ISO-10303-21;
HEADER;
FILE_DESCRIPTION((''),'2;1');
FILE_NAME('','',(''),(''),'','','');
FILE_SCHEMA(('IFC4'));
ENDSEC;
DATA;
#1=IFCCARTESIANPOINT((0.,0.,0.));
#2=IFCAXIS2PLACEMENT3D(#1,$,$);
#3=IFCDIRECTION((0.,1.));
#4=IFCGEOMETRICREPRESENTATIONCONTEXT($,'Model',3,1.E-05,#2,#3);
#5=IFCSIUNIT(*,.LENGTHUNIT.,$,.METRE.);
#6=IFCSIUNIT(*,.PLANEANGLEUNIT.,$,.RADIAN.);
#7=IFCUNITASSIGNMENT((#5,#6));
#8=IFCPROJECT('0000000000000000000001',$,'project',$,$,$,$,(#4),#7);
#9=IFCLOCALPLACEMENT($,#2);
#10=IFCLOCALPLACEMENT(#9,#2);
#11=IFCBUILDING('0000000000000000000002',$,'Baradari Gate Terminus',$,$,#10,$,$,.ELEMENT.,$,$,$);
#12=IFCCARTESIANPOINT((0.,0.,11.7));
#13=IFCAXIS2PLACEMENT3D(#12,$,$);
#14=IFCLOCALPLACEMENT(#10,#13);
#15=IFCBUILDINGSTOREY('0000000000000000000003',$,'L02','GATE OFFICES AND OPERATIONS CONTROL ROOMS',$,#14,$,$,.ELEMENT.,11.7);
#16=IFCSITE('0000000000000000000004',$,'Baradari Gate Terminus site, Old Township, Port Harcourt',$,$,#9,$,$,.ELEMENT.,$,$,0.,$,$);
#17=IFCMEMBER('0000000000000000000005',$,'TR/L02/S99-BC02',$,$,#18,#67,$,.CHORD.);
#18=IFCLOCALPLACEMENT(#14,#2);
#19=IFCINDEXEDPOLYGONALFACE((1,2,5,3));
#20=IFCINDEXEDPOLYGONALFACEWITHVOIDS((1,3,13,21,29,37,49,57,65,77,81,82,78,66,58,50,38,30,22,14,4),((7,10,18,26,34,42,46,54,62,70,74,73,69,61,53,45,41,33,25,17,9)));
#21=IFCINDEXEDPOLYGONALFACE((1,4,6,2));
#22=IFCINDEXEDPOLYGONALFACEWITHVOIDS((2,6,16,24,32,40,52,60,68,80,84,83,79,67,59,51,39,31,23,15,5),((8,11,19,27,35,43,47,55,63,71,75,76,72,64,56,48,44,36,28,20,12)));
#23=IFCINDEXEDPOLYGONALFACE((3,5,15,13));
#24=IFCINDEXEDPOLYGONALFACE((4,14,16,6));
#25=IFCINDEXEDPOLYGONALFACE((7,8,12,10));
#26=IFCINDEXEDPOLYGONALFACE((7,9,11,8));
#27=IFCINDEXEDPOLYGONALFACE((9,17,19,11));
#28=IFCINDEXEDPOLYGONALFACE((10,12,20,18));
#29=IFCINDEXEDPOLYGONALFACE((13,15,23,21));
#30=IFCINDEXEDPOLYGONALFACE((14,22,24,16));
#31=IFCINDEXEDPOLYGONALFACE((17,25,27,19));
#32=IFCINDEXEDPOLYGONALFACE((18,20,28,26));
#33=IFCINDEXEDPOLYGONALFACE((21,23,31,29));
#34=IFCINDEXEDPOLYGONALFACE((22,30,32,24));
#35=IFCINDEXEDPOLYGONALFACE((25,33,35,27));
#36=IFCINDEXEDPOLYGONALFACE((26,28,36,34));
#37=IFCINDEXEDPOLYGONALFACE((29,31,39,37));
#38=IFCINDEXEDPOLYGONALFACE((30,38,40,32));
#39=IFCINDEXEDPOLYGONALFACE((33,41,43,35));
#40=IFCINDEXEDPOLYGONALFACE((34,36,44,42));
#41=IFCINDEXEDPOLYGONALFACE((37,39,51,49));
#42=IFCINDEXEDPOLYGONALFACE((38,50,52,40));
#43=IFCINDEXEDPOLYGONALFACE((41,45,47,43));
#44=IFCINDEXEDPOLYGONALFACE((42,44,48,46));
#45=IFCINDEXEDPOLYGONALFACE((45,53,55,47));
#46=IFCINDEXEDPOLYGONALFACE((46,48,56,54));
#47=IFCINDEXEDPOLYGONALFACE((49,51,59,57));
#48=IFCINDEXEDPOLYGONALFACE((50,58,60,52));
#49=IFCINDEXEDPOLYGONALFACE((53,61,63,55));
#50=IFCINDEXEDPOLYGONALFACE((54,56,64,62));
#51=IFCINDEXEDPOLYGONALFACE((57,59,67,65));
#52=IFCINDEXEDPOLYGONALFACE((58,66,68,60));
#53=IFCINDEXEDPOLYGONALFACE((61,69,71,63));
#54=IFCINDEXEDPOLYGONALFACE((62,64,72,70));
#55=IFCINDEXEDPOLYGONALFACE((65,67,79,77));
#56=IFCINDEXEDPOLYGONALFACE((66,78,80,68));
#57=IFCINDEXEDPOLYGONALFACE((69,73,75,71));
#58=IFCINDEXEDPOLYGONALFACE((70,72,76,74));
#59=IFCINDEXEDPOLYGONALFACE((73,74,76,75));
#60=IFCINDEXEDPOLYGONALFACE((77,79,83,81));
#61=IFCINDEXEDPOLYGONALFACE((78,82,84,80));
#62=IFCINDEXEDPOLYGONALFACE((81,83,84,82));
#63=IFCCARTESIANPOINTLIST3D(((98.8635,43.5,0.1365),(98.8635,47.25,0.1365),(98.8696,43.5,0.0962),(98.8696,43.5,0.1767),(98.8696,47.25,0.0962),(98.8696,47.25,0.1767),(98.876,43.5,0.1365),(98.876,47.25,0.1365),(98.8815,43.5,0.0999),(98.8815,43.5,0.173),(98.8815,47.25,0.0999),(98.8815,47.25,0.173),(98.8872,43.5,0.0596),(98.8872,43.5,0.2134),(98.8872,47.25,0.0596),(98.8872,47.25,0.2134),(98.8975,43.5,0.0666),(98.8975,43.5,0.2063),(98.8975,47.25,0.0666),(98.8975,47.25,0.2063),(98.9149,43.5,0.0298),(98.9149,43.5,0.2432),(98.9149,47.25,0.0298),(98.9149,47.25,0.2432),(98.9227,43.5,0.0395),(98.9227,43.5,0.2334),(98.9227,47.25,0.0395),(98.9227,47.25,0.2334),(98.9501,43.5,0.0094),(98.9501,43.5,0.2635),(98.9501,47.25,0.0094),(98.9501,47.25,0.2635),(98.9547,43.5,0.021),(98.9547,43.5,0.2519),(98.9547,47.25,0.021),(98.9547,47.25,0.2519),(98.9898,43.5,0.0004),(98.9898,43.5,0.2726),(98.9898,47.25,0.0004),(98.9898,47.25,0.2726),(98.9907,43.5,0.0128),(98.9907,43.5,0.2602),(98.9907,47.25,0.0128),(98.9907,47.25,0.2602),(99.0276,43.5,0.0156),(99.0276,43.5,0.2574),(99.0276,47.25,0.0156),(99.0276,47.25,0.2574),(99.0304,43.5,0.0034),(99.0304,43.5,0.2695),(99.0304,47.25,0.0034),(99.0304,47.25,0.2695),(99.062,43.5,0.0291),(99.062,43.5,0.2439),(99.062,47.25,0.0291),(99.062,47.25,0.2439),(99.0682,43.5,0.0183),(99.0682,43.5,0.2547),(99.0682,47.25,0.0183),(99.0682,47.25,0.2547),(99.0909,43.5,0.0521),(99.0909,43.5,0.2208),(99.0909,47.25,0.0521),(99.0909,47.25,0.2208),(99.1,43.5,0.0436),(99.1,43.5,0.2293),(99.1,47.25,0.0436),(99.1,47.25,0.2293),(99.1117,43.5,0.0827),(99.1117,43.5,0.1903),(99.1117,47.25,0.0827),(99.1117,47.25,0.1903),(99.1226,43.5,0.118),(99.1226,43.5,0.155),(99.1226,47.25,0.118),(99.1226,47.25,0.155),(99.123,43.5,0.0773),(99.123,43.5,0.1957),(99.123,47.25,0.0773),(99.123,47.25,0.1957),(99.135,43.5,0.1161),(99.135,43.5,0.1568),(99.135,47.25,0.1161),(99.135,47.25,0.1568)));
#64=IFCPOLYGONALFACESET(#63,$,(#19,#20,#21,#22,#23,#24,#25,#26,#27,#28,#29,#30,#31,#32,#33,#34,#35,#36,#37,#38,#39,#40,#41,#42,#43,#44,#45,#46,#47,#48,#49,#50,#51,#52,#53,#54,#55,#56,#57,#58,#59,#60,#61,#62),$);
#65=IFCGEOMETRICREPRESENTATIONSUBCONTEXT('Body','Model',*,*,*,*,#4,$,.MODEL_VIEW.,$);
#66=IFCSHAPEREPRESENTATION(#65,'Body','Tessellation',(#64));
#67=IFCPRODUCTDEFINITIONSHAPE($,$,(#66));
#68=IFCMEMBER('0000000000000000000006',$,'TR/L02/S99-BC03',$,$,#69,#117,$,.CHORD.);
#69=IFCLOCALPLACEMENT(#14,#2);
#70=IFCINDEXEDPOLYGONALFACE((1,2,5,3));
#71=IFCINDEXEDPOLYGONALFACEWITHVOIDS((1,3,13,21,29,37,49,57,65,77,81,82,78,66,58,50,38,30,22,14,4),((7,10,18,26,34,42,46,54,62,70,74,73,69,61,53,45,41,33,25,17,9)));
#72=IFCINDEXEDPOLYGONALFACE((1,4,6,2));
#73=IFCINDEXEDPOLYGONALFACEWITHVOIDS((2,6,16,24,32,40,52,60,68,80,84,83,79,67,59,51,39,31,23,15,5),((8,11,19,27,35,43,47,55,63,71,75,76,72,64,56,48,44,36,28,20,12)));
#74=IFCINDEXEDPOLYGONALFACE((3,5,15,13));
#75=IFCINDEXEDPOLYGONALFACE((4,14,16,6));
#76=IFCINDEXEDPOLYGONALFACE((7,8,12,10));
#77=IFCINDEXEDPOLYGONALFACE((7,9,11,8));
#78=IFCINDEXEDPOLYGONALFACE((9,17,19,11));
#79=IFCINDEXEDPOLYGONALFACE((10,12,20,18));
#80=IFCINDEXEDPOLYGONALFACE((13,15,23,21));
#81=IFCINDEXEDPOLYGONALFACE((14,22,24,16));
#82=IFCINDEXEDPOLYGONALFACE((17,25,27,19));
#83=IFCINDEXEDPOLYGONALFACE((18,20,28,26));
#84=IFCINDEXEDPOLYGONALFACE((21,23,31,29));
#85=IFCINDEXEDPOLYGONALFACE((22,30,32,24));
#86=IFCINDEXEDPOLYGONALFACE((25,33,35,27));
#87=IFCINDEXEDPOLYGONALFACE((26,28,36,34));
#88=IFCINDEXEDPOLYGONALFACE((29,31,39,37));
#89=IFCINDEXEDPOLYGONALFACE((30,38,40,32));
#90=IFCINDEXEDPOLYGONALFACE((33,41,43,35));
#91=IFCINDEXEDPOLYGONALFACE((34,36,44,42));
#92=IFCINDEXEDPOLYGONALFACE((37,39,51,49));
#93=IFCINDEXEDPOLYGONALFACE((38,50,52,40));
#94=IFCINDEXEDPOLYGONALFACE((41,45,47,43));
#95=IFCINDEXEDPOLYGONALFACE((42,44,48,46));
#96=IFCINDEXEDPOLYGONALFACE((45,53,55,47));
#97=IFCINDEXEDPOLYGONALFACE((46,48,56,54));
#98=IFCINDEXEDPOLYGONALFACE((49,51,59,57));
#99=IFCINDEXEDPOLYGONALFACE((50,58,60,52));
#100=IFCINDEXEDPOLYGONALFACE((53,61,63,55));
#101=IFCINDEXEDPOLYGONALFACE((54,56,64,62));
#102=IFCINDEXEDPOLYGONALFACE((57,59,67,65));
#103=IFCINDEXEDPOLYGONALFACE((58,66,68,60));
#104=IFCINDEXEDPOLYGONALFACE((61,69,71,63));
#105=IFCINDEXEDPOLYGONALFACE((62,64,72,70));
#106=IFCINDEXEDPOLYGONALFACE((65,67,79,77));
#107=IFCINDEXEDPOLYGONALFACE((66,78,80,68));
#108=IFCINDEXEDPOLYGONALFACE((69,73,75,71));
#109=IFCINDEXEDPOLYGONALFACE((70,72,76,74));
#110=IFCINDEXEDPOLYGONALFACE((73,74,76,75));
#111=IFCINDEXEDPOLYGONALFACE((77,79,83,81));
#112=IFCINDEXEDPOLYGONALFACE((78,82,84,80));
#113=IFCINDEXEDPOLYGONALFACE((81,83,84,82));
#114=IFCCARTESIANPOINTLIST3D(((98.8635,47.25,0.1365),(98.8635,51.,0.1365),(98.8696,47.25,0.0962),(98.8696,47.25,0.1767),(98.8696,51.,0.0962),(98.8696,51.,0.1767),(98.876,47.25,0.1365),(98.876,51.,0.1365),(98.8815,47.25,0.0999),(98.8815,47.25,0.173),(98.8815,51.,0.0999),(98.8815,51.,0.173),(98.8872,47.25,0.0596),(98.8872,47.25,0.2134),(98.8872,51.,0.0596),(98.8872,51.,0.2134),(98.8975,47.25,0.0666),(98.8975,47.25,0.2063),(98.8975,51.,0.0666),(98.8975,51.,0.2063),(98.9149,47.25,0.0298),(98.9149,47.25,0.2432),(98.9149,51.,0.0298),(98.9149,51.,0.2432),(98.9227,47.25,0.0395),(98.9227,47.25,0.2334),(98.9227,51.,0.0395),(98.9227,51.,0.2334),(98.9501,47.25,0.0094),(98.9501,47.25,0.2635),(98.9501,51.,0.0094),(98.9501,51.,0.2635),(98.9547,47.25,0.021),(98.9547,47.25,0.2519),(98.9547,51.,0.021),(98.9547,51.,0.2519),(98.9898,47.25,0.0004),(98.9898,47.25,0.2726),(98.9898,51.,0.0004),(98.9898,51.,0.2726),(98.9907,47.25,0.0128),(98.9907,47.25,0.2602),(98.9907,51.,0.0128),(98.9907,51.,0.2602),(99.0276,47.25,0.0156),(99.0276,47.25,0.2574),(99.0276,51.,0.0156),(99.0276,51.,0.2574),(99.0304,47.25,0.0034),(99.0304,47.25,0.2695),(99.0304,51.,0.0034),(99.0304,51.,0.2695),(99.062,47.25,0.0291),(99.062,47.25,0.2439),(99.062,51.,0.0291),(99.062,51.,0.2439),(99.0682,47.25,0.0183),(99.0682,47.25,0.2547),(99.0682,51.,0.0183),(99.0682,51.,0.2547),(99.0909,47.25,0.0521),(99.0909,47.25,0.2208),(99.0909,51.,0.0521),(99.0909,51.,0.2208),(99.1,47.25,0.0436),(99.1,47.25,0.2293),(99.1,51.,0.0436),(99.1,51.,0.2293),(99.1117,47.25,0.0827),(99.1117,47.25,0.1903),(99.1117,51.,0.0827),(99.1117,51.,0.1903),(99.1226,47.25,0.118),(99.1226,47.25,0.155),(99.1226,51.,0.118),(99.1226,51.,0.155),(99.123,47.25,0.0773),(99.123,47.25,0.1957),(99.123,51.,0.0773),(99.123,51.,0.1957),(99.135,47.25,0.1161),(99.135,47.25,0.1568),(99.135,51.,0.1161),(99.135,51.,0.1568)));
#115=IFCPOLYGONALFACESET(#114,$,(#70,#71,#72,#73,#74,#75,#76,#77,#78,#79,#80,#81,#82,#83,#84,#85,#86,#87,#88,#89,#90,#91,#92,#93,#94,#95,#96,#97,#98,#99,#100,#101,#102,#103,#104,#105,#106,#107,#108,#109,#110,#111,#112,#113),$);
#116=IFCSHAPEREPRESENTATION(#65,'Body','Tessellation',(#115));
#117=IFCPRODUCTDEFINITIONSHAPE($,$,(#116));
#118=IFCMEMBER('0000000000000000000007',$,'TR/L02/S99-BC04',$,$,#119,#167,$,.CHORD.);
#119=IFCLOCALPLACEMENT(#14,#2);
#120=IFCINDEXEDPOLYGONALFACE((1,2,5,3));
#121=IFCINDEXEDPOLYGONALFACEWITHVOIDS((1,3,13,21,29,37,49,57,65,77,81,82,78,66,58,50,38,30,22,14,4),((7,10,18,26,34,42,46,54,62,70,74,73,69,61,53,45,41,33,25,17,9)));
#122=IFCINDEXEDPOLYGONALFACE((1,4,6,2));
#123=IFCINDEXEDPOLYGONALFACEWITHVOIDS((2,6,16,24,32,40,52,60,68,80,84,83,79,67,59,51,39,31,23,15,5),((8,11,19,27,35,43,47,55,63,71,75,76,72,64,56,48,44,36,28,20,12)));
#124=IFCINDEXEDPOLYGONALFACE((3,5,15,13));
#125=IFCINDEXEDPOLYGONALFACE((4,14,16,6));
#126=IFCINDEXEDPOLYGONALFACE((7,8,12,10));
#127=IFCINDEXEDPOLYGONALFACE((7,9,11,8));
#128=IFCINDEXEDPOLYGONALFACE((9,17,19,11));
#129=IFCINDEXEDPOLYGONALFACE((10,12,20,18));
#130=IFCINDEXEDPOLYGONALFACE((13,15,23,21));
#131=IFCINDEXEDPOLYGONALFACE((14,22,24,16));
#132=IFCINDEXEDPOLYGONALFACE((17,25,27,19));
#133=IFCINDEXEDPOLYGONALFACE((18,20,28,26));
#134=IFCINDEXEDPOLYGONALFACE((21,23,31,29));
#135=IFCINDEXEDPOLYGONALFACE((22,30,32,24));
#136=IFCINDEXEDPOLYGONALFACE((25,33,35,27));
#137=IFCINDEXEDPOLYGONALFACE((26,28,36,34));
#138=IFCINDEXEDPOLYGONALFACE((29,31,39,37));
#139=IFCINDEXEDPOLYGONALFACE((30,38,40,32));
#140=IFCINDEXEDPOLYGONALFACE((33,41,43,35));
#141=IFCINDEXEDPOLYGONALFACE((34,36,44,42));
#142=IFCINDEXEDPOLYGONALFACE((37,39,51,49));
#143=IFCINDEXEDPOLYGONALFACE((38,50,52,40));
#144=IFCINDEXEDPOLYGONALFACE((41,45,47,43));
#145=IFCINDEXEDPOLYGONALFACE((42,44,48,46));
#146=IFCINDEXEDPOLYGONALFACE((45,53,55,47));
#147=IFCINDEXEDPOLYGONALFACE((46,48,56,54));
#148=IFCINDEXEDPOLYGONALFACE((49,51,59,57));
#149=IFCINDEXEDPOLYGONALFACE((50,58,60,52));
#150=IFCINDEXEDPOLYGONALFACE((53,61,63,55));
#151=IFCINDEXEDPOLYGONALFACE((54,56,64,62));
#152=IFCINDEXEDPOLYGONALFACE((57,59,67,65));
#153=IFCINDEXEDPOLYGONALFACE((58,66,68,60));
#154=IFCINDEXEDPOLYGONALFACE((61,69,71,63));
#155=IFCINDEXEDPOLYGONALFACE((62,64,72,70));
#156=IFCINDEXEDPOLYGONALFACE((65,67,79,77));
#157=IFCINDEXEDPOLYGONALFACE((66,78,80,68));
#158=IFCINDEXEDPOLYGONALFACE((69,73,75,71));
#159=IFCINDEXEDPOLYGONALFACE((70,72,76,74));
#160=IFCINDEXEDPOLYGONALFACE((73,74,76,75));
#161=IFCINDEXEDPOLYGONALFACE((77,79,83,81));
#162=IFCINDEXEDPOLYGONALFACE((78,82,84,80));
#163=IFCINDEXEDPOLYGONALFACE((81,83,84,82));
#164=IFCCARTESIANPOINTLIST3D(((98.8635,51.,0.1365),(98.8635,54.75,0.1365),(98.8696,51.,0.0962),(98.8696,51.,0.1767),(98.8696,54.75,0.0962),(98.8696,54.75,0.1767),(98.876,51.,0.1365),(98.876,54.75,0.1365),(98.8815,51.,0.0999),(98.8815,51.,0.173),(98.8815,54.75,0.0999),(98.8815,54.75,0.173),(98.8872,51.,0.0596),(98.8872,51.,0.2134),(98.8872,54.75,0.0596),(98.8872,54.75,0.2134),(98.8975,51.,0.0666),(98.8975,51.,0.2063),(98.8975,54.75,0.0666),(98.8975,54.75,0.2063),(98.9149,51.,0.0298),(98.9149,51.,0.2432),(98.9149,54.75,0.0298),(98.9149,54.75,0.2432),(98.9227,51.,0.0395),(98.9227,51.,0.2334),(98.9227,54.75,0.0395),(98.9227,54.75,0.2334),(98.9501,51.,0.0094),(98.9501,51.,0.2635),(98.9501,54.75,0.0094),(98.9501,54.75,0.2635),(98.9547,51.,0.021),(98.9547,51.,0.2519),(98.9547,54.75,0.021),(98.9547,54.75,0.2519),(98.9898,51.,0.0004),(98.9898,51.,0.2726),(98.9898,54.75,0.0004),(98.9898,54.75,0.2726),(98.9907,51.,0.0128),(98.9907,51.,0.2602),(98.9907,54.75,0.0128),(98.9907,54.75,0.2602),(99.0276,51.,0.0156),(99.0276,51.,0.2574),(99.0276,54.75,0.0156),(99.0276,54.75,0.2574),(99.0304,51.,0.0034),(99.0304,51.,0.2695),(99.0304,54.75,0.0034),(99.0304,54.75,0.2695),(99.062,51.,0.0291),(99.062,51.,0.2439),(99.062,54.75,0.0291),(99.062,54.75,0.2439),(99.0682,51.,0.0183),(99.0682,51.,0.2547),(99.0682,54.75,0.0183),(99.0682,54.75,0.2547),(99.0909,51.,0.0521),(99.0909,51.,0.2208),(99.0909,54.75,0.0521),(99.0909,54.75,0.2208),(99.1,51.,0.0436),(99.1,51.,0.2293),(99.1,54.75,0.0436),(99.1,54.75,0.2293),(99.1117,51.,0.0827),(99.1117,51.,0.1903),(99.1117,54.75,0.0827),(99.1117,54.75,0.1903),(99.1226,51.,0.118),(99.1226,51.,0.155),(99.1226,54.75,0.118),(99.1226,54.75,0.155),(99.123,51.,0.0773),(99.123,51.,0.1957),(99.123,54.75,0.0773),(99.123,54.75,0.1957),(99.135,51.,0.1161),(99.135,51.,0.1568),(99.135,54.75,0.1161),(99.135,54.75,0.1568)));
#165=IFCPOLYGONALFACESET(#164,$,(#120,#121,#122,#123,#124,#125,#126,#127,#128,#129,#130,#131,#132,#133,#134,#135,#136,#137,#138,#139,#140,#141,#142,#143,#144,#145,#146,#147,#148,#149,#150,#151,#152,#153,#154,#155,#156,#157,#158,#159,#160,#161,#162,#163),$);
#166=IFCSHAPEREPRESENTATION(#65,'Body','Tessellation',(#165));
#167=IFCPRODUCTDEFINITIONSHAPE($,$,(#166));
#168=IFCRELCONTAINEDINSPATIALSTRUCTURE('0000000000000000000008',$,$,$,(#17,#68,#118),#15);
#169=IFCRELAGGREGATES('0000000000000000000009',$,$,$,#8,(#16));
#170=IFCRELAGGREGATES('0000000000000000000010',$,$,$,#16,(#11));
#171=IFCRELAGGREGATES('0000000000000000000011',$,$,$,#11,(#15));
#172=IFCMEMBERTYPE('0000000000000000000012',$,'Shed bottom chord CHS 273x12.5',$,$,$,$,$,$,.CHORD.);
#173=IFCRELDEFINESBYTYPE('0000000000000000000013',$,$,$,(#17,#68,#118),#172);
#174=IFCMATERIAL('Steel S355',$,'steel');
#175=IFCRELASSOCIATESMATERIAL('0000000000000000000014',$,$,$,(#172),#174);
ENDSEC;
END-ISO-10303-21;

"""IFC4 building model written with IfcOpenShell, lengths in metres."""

from ifc_helpers import new_model, si_unit, direction, frame, origin, origin_2d, place, context, subcontext, project, spatial, hollow_circle, extrude, material, material_profile, profile_set, type_object, element, save


model = new_model("IFC4")

# Units and contexts
model_context = context("Model", 3, precision=1e-05, world=origin(), true_north=direction((0.0, 1.0)))
body_context = subcontext(model_context, "Body", "Model", "MODEL_VIEW")
ifc_project = project(units=[si_unit("LENGTHUNIT", "METRE"), si_unit("PLANEANGLEUNIT", "RADIAN")], contexts=[model_context])

# Site, building, storey
site_placement = place(None, origin())
site = spatial("IfcSite", under=ifc_project, at=site_placement, Name="Baradari Gate Terminus site, Old Township, Port Harcourt", CompositionType="ELEMENT", RefElevation=0.0)
building_placement = place(site_placement, origin())
building = spatial("IfcBuilding", under=site, at=building_placement, Name="Baradari Gate Terminus", CompositionType="ELEMENT")
storey_placement = place(building_placement, frame((0.0, 0.0, 11.7)))
storey = spatial("IfcBuildingStorey", under=building, at=storey_placement, Name="L02", Description="GATE OFFICES AND OPERATIONS CONTROL ROOMS", CompositionType="ELEMENT", Elevation=11.7)

# Members
ifc_material_1 = material(Name="Steel S355", Category="steel")
ifc_material_profile_1 = material_profile(ifc_material_1, hollow_circle(Radius=0.1365, WallThickness=0.0125, at=origin_2d()), Name="CHS 273x12.5")
ifc_profile_set_1 = profile_set([ifc_material_profile_1], Name="Steel S355")
member_type_1 = type_object("IfcMemberType", Name="Shed bottom chord CHS 273x12.5", PredefinedType="CHORD", material=ifc_profile_set_1)
for number, where, z_axis, x_axis, name in (
    (1, (99.0, 43.5, 0.1365), (0.0, 1.0, 0.0), (-1.0, 0.0, 0.0), "TR/L02/S99-BC02"),
    (2, (99.0, 47.25, 0.1365), (0.0, 1.0, 0.0), (-1.0, 0.0, 0.0), "TR/L02/S99-BC03"),
    (3, (99.0, 51.0, 0.1365), (0.0, 1.0, 0.0), (-1.0, 0.0, 0.0), "TR/L02/S99-BC04"),
):
    element("IfcMember", number, at=place(storey_placement, frame(where, z_axis=z_axis, x_axis=x_axis)), inside=storey, type_object=member_type_1, Name=name, PredefinedType="CHORD", context=body_context, shape_type="SweptSolid", body=[
        extrude(hollow_circle(Radius=0.1365, WallThickness=0.0125, at=origin_2d()), origin(), (0.0, 0.0, 1.0), 3.75),
    ])

save(model, "model.ifc")
